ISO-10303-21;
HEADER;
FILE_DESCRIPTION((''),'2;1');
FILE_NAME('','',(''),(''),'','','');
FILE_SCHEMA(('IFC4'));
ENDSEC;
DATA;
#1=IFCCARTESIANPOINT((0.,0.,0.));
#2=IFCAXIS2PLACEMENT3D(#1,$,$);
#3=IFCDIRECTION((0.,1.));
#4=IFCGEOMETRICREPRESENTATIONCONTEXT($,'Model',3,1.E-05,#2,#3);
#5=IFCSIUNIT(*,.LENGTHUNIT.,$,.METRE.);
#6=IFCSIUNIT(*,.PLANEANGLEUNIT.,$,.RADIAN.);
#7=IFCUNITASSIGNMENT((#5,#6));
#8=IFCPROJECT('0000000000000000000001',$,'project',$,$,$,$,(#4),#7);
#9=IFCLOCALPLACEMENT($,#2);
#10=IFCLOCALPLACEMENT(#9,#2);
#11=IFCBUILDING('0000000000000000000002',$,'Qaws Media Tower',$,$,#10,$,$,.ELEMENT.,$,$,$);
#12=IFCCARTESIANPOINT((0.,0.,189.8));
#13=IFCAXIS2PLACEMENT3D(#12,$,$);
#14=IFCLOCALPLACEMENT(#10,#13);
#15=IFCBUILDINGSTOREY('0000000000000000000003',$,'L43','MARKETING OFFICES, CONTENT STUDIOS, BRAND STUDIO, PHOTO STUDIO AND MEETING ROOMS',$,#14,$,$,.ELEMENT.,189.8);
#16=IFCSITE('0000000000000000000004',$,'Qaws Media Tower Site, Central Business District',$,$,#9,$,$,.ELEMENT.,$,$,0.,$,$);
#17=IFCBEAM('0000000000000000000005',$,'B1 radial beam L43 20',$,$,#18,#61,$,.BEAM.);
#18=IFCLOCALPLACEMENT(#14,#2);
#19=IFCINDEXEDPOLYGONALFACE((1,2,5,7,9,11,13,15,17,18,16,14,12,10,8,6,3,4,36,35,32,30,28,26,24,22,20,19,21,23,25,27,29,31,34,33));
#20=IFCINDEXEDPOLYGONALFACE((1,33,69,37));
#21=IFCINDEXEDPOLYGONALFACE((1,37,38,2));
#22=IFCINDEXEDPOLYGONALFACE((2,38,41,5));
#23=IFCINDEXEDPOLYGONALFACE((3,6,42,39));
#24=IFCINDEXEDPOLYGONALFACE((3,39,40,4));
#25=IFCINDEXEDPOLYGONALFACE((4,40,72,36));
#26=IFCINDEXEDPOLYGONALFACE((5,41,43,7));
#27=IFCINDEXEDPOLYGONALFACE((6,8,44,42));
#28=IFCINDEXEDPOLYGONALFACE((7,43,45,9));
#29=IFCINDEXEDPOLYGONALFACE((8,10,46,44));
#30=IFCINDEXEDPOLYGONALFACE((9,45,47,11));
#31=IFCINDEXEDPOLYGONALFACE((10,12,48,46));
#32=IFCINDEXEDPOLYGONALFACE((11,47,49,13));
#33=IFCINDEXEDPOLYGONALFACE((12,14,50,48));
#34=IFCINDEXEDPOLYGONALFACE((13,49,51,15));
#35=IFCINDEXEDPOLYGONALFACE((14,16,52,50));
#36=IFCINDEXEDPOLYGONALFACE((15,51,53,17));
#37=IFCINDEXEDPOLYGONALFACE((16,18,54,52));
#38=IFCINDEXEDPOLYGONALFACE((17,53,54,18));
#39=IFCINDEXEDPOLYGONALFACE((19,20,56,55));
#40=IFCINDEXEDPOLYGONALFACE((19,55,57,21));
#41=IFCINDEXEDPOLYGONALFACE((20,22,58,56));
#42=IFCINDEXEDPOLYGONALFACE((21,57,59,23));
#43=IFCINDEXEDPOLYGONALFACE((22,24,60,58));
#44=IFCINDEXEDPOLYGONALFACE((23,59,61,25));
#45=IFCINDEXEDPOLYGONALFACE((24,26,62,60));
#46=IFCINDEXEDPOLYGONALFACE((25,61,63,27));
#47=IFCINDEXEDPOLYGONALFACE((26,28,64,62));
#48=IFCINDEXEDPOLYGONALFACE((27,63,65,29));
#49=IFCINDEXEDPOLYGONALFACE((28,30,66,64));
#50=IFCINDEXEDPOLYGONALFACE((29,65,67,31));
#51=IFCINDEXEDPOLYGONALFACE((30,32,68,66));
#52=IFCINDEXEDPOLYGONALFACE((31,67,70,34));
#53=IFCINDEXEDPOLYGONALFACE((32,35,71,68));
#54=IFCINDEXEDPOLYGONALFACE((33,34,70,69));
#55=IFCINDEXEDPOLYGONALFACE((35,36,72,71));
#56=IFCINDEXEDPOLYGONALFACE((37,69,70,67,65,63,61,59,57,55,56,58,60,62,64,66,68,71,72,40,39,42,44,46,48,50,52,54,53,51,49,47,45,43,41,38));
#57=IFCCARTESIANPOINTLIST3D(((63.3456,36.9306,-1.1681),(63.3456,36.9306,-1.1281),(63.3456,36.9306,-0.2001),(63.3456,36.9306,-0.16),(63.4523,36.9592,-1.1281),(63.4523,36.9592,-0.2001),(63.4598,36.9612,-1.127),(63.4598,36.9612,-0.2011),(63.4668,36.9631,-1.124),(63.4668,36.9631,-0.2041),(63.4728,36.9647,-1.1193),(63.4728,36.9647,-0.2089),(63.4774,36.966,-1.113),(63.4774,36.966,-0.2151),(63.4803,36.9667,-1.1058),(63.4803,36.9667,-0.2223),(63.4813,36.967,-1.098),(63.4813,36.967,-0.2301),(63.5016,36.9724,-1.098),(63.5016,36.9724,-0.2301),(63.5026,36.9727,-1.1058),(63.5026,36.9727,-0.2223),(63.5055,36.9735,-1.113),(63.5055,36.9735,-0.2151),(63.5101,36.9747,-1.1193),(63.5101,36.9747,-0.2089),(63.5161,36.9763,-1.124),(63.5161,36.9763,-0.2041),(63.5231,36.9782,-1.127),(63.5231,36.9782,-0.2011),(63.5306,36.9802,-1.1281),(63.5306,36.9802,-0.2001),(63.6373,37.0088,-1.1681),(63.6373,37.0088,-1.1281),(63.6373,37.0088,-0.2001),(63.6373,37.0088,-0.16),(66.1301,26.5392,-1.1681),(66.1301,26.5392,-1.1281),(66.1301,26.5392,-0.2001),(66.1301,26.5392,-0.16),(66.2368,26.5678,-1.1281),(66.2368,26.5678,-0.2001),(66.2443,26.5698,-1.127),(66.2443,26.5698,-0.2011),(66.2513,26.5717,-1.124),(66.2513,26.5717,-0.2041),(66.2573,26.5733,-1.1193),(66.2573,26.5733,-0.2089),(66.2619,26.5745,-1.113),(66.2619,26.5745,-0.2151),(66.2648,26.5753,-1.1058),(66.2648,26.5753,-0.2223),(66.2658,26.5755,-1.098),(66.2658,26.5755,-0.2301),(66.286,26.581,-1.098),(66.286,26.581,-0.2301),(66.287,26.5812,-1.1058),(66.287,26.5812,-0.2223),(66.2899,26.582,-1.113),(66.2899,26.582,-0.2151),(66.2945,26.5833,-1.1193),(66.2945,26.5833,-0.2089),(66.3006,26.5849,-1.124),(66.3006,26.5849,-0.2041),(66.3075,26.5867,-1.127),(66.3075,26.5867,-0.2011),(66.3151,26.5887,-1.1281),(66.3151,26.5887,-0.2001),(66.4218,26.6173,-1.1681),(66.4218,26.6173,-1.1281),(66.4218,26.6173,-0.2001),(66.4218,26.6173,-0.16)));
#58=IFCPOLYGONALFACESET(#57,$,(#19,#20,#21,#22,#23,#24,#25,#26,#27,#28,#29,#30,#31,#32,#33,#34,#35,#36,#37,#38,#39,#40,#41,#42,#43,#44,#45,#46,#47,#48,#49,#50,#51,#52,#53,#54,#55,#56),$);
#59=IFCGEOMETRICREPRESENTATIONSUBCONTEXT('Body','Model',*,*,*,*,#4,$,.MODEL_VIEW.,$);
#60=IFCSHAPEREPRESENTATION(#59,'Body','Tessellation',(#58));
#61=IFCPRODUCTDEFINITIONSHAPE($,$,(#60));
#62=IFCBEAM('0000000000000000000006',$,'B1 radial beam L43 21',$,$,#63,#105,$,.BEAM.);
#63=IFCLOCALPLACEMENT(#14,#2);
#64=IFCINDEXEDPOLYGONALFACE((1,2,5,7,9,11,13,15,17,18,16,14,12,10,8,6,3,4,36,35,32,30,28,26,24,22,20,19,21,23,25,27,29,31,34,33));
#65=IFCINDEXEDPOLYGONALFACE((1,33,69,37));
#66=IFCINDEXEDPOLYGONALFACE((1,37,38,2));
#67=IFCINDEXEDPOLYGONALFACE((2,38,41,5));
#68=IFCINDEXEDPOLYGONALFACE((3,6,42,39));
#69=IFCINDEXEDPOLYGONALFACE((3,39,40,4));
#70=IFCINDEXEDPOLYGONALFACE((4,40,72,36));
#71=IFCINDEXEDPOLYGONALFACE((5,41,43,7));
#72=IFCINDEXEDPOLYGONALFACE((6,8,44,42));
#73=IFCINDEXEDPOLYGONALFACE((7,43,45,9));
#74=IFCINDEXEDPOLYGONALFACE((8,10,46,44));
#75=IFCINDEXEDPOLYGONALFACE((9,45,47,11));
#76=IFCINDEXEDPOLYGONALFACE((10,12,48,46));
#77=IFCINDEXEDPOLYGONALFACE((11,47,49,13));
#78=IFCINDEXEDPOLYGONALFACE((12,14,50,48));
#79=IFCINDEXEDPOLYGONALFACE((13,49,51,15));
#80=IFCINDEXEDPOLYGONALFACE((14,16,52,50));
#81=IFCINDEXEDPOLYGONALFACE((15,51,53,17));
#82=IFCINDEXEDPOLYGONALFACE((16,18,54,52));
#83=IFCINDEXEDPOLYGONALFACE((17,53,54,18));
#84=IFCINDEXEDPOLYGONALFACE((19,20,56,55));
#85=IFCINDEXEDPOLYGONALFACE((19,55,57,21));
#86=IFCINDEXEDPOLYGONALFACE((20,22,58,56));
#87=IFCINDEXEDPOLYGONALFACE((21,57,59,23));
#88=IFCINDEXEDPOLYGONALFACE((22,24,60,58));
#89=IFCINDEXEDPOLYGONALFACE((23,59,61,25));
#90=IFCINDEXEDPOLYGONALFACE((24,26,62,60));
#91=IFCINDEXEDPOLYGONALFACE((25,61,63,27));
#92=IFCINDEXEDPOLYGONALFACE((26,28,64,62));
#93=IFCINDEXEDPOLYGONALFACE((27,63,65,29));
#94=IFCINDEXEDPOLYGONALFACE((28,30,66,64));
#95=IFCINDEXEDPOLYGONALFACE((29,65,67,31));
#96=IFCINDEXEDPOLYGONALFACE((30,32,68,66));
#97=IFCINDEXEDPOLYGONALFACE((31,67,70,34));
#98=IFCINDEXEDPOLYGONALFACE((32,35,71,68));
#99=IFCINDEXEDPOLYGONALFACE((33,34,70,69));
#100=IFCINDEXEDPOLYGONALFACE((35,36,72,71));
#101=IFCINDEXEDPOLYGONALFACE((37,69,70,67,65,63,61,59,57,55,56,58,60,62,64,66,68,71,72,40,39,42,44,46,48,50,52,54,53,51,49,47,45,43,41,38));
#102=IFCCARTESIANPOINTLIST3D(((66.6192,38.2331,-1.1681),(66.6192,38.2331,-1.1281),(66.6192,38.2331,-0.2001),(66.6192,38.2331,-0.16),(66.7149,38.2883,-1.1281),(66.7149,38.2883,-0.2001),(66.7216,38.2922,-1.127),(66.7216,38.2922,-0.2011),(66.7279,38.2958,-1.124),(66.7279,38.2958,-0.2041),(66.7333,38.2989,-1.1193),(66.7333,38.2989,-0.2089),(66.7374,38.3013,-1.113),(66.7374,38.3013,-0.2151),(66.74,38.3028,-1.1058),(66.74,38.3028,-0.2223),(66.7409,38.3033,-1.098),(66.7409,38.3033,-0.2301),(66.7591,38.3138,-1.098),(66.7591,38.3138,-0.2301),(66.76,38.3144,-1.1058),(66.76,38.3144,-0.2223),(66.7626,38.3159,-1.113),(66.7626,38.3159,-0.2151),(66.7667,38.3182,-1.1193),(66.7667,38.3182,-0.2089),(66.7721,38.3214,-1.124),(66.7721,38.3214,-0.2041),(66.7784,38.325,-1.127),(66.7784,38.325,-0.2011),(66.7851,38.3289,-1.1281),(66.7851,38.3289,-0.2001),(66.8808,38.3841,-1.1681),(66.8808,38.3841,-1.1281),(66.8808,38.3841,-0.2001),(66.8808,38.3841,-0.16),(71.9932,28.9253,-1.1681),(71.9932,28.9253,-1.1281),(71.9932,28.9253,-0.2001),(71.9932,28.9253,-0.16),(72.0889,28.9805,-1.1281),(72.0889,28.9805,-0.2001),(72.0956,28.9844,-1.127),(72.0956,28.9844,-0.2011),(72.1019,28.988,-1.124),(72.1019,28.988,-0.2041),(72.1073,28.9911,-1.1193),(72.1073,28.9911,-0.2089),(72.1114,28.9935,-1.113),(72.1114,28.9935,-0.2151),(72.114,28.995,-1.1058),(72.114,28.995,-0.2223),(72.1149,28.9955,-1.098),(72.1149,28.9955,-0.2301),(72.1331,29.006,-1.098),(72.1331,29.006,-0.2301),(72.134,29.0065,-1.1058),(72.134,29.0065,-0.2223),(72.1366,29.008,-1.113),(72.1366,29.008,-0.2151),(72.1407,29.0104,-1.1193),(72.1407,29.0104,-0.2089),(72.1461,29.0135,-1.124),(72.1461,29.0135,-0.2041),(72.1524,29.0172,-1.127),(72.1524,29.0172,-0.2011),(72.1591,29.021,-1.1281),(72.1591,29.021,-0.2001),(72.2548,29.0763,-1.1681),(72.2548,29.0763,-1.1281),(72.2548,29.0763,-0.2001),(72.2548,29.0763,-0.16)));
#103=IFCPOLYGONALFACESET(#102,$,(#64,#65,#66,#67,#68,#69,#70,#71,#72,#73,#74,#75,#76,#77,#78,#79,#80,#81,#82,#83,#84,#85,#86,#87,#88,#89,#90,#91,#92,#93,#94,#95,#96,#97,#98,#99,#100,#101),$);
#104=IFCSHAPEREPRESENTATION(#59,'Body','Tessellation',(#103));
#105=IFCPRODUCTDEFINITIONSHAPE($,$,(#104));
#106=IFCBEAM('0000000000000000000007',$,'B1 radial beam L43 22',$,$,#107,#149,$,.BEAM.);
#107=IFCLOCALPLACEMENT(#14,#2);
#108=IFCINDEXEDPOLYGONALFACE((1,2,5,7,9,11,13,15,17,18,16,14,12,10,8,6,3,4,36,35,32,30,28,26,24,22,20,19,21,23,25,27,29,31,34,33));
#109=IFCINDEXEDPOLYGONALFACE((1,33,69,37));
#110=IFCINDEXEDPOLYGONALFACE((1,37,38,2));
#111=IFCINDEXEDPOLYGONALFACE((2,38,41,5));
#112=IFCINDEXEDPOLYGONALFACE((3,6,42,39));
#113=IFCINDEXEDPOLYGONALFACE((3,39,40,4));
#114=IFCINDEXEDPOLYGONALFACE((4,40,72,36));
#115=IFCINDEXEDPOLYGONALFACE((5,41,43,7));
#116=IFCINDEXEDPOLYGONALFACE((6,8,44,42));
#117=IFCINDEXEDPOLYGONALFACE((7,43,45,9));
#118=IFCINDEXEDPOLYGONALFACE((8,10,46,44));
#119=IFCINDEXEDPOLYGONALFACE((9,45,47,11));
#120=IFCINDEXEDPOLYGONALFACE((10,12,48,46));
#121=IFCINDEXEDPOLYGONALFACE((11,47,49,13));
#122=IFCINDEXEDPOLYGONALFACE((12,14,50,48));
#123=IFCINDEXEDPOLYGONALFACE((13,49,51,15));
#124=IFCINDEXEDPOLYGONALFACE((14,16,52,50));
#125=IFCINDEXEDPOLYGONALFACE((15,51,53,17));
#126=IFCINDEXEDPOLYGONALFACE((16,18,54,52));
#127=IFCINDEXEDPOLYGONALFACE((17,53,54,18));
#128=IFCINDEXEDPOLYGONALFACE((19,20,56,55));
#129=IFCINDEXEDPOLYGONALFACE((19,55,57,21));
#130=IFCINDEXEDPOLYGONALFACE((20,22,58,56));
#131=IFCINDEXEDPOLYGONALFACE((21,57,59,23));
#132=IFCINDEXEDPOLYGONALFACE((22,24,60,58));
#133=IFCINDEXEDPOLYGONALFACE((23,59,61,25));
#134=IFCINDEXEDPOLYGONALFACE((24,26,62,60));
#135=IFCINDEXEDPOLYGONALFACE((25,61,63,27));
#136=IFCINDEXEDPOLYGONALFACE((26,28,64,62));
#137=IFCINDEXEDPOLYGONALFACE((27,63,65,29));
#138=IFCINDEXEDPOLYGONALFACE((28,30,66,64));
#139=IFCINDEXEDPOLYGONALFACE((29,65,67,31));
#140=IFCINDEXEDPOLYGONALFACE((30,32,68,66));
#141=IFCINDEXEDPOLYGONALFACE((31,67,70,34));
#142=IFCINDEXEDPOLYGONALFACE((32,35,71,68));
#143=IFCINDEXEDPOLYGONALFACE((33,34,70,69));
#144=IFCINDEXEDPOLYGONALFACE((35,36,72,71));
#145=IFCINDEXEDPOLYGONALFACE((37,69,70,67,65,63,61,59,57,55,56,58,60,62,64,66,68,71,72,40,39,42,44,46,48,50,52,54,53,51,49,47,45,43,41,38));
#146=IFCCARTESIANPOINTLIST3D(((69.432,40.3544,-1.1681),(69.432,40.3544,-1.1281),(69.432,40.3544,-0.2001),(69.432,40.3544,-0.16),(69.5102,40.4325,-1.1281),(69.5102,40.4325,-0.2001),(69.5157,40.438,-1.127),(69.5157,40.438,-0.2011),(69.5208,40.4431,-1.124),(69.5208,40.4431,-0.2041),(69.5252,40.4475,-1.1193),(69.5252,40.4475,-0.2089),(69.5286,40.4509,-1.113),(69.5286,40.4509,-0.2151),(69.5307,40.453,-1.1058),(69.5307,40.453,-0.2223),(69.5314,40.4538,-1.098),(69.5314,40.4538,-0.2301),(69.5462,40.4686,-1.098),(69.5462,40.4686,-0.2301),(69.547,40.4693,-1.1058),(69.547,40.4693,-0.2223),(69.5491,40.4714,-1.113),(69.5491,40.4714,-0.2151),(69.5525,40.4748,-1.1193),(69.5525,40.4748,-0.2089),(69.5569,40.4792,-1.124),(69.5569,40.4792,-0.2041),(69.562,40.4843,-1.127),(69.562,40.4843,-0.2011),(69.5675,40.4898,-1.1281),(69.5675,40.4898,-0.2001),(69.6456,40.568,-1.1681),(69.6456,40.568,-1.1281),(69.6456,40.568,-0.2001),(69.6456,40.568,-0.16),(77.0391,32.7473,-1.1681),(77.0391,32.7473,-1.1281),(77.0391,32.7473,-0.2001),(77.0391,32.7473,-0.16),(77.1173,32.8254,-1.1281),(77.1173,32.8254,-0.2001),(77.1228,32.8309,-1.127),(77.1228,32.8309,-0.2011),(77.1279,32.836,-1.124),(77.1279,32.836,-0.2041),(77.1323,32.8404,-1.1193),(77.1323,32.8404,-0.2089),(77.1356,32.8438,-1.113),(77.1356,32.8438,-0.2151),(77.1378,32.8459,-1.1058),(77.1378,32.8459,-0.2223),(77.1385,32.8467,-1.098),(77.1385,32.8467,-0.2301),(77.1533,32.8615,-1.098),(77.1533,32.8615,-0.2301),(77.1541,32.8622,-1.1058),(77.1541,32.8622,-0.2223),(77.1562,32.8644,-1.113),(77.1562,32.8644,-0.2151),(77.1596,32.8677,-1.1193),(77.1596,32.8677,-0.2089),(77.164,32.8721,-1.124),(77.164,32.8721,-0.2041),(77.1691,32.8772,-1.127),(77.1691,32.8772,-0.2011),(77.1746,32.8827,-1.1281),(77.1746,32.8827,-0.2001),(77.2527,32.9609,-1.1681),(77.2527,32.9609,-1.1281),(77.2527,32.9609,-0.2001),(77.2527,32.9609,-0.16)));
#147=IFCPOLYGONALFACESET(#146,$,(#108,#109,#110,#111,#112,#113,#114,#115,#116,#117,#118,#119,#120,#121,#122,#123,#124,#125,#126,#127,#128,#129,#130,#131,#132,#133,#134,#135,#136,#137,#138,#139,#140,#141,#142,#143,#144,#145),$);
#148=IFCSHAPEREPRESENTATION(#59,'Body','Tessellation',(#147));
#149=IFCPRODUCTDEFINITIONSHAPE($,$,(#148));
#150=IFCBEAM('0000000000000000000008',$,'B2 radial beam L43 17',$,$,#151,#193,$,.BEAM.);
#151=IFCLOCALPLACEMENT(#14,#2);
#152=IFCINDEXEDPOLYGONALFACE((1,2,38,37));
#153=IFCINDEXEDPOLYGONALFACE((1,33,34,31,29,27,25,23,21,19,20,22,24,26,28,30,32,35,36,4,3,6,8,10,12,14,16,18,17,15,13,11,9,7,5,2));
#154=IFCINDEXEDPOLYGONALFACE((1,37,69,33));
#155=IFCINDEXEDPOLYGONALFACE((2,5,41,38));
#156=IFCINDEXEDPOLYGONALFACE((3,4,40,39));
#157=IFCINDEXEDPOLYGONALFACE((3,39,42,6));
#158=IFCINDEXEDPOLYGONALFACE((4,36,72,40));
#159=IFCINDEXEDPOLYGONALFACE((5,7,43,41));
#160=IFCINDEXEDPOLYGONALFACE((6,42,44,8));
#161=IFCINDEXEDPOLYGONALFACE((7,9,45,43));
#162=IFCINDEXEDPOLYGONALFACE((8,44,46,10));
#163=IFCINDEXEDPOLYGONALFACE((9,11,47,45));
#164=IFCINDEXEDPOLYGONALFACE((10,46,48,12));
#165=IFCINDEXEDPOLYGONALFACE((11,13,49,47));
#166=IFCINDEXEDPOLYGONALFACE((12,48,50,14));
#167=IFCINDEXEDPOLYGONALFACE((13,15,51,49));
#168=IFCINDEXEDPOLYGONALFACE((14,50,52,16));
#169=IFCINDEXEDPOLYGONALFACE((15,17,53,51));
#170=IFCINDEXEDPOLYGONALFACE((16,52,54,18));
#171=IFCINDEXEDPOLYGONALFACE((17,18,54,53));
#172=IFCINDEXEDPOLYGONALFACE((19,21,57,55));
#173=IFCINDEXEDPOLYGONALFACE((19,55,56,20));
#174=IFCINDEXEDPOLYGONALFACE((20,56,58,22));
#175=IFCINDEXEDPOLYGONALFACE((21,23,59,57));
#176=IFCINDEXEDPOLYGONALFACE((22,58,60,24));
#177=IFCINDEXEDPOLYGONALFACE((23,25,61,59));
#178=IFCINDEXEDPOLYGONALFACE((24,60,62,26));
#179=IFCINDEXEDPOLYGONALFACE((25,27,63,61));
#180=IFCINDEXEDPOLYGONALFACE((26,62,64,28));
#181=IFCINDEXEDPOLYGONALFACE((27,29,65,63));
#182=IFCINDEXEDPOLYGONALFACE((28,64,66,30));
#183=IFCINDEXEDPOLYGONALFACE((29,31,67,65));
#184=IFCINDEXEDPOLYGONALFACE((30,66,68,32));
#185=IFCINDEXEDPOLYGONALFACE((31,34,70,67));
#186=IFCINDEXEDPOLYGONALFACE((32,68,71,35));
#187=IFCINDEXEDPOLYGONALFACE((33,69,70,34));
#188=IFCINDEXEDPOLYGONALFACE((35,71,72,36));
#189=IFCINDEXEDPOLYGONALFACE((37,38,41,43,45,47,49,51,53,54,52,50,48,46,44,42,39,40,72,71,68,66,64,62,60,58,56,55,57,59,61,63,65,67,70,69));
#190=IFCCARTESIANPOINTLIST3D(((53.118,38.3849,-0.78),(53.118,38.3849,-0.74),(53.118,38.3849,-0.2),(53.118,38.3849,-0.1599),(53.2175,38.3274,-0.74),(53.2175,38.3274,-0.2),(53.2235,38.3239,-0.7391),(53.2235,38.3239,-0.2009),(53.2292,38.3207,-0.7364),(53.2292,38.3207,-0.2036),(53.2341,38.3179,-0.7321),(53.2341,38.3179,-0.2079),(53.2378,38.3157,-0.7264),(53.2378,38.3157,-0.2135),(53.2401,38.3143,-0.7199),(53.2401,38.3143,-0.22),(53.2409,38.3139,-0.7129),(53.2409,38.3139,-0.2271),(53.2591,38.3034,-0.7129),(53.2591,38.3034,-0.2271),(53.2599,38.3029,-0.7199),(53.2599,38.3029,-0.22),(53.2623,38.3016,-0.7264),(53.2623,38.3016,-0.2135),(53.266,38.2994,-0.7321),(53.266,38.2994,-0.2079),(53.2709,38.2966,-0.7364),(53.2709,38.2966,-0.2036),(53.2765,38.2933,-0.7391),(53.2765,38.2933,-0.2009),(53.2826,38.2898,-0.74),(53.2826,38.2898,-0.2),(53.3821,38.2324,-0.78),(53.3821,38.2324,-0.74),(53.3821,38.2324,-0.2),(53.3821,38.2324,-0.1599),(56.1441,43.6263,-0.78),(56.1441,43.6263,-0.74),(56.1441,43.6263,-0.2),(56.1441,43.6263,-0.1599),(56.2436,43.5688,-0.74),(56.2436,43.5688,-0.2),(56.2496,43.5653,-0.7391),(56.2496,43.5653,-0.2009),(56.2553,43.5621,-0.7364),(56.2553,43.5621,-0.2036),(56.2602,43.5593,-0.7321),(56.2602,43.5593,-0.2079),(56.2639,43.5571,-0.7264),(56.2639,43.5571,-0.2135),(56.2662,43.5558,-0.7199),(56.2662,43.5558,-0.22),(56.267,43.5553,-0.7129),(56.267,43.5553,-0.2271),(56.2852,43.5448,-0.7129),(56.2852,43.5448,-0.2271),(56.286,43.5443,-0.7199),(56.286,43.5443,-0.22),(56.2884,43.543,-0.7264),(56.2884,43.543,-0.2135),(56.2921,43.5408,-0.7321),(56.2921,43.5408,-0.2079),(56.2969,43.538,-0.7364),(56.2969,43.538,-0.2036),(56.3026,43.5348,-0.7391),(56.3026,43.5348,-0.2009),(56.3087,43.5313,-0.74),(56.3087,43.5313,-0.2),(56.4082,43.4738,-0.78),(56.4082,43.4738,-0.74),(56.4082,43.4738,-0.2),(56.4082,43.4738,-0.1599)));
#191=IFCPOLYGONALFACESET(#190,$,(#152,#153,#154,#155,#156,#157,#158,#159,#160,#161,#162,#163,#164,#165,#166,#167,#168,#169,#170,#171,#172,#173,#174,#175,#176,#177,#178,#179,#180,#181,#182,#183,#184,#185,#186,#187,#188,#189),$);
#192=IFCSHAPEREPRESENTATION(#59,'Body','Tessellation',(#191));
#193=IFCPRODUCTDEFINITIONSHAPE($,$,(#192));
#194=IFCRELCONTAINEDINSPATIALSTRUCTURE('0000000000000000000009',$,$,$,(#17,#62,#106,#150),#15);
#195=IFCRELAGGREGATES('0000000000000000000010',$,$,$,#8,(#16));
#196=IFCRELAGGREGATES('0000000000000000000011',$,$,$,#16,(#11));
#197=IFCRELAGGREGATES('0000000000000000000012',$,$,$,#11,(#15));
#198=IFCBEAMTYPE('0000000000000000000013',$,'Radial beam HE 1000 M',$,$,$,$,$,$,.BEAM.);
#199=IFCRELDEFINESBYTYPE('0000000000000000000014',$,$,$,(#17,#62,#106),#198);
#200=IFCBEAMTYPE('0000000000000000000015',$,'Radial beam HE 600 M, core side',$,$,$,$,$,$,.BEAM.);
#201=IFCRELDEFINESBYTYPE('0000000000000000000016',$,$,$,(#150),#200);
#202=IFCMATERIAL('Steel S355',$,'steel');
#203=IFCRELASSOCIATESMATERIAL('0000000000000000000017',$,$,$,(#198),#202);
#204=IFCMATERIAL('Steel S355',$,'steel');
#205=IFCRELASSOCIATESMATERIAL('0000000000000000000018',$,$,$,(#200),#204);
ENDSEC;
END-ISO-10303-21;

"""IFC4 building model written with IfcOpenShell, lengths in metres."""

from ifc_helpers import new_model, si_unit, direction, frame, origin, origin_2d, place, context, subcontext, project, spatial, i_section, extrude, material, material_profile, profile_set, type_object, element, save


model = new_model("IFC4")

# Units and contexts
model_context = context("Model", 3, precision=1e-05, world=origin(), true_north=direction((0.0, 1.0)))
body_context = subcontext(model_context, "Body", "Model", "MODEL_VIEW")
ifc_project = project(units=[si_unit("LENGTHUNIT", "METRE"), si_unit("PLANEANGLEUNIT", "RADIAN")], contexts=[model_context])

# Site, building, storey
site_placement = place(None, origin())
site = spatial("IfcSite", under=ifc_project, at=site_placement, Name="Qaws Media Tower Site, Central Business District", CompositionType="ELEMENT", RefElevation=0.0)
building_placement = place(site_placement, origin())
building = spatial("IfcBuilding", under=site, at=building_placement, Name="Qaws Media Tower", CompositionType="ELEMENT")
storey_placement = place(building_placement, frame((0.0, 0.0, 189.8)))
storey = spatial("IfcBuildingStorey", under=building, at=storey_placement, Name="L43", Description="MARKETING OFFICES, CONTENT STUDIOS, BRAND STUDIO, PHOTO STUDIO AND MEETING ROOMS", CompositionType="ELEMENT", Elevation=189.8)

# Beams
ifc_material_1 = material(Name="Steel S355", Category="steel")
ifc_material_profile_1 = material_profile(ifc_material_1, i_section(OverallWidth=0.302, OverallDepth=1.0081, WebThickness=0.021, FlangeThickness=0.04, FilletRadius=0.03, at=origin_2d()), Name="HE 1000 M")
ifc_profile_set_1 = profile_set([ifc_material_profile_1], Name="Steel S355")
beam_type_1 = type_object("IfcBeamType", Name="Radial beam HE 1000 M", PredefinedType="BEAM", material=ifc_profile_set_1)
beam_1_placement = place(storey_placement, frame((63.4915, 36.9697, -0.6641), z_axis=(0.258825, -0.965924, 0.0), x_axis=(0.965924, 0.258825, 0.0)))
element("IfcBeam", 1, at=beam_1_placement, inside=storey, type_object=beam_type_1, Name="B1 radial beam L43 20", PredefinedType="BEAM", context=body_context, shape_type="SweptSolid", body=[
    extrude(i_section(OverallWidth=0.302, OverallDepth=1.0081, WebThickness=0.021, FlangeThickness=0.04, FilletRadius=0.03, at=origin_2d()), origin(), (0.0, 0.0, 1.0), 10.7581),
])
beam_2_placement = place(storey_placement, frame((66.75, 38.3086, -0.6641), z_axis=(0.500009, -0.86602, 0.0), x_axis=(0.86602, 0.500009, 0.0)))
element("IfcBeam", 2, at=beam_2_placement, inside=storey, type_object=beam_type_1, Name="B1 radial beam L43 21", PredefinedType="BEAM", context=body_context, shape_type="SweptSolid", body=[
    extrude(i_section(OverallWidth=0.302, OverallDepth=1.0081, WebThickness=0.021, FlangeThickness=0.04, FilletRadius=0.03, at=origin_2d()), origin(), (0.0, 0.0, 1.0), 10.7478),
])
beam_3_placement = place(storey_placement, frame((69.5388, 40.4612, -0.6641), z_axis=(0.707107, -0.707107, 0.0), x_axis=(0.707107, 0.707107, 0.0)))
element("IfcBeam", 3, at=beam_3_placement, inside=storey, type_object=beam_type_1, Name="B1 radial beam L43 22", PredefinedType="BEAM", context=body_context, shape_type="SweptSolid", body=[
    extrude(i_section(OverallWidth=0.302, OverallDepth=1.0081, WebThickness=0.021, FlangeThickness=0.04, FilletRadius=0.03, at=origin_2d()), origin(), (0.0, 0.0, 1.0), 10.7581),
])
ifc_material_2 = material(Name="Steel S355", Category="steel")
ifc_material_profile_2 = material_profile(ifc_material_2, i_section(OverallWidth=0.3049, OverallDepth=0.6201, WebThickness=0.021, FlangeThickness=0.04, FilletRadius=0.0271, at=origin_2d()), Name="HE 600 M")
ifc_profile_set_2 = profile_set([ifc_material_profile_2], Name="Steel S355")
beam_type_2 = type_object("IfcBeamType", Name="Radial beam HE 600 M, core side", PredefinedType="BEAM", material=ifc_profile_set_2)
beam_4_placement = place(storey_placement, frame((56.2761, 43.55, -0.47), z_axis=(-0.499996, -0.866028, 0.0), x_axis=(0.866028, -0.499996, 0.0)))
element("IfcBeam", 4, at=beam_4_placement, inside=storey, type_object=beam_type_2, Name="B2 radial beam L43 17", PredefinedType="BEAM", context=body_context, shape_type="SweptSolid", body=[
    extrude(i_section(OverallWidth=0.3049, OverallDepth=0.6201, WebThickness=0.021, FlangeThickness=0.04, FilletRadius=0.0271, at=origin_2d()), origin(), (0.0, 0.0, 1.0), 6.0522),
])

save(model, "model.ifc")
